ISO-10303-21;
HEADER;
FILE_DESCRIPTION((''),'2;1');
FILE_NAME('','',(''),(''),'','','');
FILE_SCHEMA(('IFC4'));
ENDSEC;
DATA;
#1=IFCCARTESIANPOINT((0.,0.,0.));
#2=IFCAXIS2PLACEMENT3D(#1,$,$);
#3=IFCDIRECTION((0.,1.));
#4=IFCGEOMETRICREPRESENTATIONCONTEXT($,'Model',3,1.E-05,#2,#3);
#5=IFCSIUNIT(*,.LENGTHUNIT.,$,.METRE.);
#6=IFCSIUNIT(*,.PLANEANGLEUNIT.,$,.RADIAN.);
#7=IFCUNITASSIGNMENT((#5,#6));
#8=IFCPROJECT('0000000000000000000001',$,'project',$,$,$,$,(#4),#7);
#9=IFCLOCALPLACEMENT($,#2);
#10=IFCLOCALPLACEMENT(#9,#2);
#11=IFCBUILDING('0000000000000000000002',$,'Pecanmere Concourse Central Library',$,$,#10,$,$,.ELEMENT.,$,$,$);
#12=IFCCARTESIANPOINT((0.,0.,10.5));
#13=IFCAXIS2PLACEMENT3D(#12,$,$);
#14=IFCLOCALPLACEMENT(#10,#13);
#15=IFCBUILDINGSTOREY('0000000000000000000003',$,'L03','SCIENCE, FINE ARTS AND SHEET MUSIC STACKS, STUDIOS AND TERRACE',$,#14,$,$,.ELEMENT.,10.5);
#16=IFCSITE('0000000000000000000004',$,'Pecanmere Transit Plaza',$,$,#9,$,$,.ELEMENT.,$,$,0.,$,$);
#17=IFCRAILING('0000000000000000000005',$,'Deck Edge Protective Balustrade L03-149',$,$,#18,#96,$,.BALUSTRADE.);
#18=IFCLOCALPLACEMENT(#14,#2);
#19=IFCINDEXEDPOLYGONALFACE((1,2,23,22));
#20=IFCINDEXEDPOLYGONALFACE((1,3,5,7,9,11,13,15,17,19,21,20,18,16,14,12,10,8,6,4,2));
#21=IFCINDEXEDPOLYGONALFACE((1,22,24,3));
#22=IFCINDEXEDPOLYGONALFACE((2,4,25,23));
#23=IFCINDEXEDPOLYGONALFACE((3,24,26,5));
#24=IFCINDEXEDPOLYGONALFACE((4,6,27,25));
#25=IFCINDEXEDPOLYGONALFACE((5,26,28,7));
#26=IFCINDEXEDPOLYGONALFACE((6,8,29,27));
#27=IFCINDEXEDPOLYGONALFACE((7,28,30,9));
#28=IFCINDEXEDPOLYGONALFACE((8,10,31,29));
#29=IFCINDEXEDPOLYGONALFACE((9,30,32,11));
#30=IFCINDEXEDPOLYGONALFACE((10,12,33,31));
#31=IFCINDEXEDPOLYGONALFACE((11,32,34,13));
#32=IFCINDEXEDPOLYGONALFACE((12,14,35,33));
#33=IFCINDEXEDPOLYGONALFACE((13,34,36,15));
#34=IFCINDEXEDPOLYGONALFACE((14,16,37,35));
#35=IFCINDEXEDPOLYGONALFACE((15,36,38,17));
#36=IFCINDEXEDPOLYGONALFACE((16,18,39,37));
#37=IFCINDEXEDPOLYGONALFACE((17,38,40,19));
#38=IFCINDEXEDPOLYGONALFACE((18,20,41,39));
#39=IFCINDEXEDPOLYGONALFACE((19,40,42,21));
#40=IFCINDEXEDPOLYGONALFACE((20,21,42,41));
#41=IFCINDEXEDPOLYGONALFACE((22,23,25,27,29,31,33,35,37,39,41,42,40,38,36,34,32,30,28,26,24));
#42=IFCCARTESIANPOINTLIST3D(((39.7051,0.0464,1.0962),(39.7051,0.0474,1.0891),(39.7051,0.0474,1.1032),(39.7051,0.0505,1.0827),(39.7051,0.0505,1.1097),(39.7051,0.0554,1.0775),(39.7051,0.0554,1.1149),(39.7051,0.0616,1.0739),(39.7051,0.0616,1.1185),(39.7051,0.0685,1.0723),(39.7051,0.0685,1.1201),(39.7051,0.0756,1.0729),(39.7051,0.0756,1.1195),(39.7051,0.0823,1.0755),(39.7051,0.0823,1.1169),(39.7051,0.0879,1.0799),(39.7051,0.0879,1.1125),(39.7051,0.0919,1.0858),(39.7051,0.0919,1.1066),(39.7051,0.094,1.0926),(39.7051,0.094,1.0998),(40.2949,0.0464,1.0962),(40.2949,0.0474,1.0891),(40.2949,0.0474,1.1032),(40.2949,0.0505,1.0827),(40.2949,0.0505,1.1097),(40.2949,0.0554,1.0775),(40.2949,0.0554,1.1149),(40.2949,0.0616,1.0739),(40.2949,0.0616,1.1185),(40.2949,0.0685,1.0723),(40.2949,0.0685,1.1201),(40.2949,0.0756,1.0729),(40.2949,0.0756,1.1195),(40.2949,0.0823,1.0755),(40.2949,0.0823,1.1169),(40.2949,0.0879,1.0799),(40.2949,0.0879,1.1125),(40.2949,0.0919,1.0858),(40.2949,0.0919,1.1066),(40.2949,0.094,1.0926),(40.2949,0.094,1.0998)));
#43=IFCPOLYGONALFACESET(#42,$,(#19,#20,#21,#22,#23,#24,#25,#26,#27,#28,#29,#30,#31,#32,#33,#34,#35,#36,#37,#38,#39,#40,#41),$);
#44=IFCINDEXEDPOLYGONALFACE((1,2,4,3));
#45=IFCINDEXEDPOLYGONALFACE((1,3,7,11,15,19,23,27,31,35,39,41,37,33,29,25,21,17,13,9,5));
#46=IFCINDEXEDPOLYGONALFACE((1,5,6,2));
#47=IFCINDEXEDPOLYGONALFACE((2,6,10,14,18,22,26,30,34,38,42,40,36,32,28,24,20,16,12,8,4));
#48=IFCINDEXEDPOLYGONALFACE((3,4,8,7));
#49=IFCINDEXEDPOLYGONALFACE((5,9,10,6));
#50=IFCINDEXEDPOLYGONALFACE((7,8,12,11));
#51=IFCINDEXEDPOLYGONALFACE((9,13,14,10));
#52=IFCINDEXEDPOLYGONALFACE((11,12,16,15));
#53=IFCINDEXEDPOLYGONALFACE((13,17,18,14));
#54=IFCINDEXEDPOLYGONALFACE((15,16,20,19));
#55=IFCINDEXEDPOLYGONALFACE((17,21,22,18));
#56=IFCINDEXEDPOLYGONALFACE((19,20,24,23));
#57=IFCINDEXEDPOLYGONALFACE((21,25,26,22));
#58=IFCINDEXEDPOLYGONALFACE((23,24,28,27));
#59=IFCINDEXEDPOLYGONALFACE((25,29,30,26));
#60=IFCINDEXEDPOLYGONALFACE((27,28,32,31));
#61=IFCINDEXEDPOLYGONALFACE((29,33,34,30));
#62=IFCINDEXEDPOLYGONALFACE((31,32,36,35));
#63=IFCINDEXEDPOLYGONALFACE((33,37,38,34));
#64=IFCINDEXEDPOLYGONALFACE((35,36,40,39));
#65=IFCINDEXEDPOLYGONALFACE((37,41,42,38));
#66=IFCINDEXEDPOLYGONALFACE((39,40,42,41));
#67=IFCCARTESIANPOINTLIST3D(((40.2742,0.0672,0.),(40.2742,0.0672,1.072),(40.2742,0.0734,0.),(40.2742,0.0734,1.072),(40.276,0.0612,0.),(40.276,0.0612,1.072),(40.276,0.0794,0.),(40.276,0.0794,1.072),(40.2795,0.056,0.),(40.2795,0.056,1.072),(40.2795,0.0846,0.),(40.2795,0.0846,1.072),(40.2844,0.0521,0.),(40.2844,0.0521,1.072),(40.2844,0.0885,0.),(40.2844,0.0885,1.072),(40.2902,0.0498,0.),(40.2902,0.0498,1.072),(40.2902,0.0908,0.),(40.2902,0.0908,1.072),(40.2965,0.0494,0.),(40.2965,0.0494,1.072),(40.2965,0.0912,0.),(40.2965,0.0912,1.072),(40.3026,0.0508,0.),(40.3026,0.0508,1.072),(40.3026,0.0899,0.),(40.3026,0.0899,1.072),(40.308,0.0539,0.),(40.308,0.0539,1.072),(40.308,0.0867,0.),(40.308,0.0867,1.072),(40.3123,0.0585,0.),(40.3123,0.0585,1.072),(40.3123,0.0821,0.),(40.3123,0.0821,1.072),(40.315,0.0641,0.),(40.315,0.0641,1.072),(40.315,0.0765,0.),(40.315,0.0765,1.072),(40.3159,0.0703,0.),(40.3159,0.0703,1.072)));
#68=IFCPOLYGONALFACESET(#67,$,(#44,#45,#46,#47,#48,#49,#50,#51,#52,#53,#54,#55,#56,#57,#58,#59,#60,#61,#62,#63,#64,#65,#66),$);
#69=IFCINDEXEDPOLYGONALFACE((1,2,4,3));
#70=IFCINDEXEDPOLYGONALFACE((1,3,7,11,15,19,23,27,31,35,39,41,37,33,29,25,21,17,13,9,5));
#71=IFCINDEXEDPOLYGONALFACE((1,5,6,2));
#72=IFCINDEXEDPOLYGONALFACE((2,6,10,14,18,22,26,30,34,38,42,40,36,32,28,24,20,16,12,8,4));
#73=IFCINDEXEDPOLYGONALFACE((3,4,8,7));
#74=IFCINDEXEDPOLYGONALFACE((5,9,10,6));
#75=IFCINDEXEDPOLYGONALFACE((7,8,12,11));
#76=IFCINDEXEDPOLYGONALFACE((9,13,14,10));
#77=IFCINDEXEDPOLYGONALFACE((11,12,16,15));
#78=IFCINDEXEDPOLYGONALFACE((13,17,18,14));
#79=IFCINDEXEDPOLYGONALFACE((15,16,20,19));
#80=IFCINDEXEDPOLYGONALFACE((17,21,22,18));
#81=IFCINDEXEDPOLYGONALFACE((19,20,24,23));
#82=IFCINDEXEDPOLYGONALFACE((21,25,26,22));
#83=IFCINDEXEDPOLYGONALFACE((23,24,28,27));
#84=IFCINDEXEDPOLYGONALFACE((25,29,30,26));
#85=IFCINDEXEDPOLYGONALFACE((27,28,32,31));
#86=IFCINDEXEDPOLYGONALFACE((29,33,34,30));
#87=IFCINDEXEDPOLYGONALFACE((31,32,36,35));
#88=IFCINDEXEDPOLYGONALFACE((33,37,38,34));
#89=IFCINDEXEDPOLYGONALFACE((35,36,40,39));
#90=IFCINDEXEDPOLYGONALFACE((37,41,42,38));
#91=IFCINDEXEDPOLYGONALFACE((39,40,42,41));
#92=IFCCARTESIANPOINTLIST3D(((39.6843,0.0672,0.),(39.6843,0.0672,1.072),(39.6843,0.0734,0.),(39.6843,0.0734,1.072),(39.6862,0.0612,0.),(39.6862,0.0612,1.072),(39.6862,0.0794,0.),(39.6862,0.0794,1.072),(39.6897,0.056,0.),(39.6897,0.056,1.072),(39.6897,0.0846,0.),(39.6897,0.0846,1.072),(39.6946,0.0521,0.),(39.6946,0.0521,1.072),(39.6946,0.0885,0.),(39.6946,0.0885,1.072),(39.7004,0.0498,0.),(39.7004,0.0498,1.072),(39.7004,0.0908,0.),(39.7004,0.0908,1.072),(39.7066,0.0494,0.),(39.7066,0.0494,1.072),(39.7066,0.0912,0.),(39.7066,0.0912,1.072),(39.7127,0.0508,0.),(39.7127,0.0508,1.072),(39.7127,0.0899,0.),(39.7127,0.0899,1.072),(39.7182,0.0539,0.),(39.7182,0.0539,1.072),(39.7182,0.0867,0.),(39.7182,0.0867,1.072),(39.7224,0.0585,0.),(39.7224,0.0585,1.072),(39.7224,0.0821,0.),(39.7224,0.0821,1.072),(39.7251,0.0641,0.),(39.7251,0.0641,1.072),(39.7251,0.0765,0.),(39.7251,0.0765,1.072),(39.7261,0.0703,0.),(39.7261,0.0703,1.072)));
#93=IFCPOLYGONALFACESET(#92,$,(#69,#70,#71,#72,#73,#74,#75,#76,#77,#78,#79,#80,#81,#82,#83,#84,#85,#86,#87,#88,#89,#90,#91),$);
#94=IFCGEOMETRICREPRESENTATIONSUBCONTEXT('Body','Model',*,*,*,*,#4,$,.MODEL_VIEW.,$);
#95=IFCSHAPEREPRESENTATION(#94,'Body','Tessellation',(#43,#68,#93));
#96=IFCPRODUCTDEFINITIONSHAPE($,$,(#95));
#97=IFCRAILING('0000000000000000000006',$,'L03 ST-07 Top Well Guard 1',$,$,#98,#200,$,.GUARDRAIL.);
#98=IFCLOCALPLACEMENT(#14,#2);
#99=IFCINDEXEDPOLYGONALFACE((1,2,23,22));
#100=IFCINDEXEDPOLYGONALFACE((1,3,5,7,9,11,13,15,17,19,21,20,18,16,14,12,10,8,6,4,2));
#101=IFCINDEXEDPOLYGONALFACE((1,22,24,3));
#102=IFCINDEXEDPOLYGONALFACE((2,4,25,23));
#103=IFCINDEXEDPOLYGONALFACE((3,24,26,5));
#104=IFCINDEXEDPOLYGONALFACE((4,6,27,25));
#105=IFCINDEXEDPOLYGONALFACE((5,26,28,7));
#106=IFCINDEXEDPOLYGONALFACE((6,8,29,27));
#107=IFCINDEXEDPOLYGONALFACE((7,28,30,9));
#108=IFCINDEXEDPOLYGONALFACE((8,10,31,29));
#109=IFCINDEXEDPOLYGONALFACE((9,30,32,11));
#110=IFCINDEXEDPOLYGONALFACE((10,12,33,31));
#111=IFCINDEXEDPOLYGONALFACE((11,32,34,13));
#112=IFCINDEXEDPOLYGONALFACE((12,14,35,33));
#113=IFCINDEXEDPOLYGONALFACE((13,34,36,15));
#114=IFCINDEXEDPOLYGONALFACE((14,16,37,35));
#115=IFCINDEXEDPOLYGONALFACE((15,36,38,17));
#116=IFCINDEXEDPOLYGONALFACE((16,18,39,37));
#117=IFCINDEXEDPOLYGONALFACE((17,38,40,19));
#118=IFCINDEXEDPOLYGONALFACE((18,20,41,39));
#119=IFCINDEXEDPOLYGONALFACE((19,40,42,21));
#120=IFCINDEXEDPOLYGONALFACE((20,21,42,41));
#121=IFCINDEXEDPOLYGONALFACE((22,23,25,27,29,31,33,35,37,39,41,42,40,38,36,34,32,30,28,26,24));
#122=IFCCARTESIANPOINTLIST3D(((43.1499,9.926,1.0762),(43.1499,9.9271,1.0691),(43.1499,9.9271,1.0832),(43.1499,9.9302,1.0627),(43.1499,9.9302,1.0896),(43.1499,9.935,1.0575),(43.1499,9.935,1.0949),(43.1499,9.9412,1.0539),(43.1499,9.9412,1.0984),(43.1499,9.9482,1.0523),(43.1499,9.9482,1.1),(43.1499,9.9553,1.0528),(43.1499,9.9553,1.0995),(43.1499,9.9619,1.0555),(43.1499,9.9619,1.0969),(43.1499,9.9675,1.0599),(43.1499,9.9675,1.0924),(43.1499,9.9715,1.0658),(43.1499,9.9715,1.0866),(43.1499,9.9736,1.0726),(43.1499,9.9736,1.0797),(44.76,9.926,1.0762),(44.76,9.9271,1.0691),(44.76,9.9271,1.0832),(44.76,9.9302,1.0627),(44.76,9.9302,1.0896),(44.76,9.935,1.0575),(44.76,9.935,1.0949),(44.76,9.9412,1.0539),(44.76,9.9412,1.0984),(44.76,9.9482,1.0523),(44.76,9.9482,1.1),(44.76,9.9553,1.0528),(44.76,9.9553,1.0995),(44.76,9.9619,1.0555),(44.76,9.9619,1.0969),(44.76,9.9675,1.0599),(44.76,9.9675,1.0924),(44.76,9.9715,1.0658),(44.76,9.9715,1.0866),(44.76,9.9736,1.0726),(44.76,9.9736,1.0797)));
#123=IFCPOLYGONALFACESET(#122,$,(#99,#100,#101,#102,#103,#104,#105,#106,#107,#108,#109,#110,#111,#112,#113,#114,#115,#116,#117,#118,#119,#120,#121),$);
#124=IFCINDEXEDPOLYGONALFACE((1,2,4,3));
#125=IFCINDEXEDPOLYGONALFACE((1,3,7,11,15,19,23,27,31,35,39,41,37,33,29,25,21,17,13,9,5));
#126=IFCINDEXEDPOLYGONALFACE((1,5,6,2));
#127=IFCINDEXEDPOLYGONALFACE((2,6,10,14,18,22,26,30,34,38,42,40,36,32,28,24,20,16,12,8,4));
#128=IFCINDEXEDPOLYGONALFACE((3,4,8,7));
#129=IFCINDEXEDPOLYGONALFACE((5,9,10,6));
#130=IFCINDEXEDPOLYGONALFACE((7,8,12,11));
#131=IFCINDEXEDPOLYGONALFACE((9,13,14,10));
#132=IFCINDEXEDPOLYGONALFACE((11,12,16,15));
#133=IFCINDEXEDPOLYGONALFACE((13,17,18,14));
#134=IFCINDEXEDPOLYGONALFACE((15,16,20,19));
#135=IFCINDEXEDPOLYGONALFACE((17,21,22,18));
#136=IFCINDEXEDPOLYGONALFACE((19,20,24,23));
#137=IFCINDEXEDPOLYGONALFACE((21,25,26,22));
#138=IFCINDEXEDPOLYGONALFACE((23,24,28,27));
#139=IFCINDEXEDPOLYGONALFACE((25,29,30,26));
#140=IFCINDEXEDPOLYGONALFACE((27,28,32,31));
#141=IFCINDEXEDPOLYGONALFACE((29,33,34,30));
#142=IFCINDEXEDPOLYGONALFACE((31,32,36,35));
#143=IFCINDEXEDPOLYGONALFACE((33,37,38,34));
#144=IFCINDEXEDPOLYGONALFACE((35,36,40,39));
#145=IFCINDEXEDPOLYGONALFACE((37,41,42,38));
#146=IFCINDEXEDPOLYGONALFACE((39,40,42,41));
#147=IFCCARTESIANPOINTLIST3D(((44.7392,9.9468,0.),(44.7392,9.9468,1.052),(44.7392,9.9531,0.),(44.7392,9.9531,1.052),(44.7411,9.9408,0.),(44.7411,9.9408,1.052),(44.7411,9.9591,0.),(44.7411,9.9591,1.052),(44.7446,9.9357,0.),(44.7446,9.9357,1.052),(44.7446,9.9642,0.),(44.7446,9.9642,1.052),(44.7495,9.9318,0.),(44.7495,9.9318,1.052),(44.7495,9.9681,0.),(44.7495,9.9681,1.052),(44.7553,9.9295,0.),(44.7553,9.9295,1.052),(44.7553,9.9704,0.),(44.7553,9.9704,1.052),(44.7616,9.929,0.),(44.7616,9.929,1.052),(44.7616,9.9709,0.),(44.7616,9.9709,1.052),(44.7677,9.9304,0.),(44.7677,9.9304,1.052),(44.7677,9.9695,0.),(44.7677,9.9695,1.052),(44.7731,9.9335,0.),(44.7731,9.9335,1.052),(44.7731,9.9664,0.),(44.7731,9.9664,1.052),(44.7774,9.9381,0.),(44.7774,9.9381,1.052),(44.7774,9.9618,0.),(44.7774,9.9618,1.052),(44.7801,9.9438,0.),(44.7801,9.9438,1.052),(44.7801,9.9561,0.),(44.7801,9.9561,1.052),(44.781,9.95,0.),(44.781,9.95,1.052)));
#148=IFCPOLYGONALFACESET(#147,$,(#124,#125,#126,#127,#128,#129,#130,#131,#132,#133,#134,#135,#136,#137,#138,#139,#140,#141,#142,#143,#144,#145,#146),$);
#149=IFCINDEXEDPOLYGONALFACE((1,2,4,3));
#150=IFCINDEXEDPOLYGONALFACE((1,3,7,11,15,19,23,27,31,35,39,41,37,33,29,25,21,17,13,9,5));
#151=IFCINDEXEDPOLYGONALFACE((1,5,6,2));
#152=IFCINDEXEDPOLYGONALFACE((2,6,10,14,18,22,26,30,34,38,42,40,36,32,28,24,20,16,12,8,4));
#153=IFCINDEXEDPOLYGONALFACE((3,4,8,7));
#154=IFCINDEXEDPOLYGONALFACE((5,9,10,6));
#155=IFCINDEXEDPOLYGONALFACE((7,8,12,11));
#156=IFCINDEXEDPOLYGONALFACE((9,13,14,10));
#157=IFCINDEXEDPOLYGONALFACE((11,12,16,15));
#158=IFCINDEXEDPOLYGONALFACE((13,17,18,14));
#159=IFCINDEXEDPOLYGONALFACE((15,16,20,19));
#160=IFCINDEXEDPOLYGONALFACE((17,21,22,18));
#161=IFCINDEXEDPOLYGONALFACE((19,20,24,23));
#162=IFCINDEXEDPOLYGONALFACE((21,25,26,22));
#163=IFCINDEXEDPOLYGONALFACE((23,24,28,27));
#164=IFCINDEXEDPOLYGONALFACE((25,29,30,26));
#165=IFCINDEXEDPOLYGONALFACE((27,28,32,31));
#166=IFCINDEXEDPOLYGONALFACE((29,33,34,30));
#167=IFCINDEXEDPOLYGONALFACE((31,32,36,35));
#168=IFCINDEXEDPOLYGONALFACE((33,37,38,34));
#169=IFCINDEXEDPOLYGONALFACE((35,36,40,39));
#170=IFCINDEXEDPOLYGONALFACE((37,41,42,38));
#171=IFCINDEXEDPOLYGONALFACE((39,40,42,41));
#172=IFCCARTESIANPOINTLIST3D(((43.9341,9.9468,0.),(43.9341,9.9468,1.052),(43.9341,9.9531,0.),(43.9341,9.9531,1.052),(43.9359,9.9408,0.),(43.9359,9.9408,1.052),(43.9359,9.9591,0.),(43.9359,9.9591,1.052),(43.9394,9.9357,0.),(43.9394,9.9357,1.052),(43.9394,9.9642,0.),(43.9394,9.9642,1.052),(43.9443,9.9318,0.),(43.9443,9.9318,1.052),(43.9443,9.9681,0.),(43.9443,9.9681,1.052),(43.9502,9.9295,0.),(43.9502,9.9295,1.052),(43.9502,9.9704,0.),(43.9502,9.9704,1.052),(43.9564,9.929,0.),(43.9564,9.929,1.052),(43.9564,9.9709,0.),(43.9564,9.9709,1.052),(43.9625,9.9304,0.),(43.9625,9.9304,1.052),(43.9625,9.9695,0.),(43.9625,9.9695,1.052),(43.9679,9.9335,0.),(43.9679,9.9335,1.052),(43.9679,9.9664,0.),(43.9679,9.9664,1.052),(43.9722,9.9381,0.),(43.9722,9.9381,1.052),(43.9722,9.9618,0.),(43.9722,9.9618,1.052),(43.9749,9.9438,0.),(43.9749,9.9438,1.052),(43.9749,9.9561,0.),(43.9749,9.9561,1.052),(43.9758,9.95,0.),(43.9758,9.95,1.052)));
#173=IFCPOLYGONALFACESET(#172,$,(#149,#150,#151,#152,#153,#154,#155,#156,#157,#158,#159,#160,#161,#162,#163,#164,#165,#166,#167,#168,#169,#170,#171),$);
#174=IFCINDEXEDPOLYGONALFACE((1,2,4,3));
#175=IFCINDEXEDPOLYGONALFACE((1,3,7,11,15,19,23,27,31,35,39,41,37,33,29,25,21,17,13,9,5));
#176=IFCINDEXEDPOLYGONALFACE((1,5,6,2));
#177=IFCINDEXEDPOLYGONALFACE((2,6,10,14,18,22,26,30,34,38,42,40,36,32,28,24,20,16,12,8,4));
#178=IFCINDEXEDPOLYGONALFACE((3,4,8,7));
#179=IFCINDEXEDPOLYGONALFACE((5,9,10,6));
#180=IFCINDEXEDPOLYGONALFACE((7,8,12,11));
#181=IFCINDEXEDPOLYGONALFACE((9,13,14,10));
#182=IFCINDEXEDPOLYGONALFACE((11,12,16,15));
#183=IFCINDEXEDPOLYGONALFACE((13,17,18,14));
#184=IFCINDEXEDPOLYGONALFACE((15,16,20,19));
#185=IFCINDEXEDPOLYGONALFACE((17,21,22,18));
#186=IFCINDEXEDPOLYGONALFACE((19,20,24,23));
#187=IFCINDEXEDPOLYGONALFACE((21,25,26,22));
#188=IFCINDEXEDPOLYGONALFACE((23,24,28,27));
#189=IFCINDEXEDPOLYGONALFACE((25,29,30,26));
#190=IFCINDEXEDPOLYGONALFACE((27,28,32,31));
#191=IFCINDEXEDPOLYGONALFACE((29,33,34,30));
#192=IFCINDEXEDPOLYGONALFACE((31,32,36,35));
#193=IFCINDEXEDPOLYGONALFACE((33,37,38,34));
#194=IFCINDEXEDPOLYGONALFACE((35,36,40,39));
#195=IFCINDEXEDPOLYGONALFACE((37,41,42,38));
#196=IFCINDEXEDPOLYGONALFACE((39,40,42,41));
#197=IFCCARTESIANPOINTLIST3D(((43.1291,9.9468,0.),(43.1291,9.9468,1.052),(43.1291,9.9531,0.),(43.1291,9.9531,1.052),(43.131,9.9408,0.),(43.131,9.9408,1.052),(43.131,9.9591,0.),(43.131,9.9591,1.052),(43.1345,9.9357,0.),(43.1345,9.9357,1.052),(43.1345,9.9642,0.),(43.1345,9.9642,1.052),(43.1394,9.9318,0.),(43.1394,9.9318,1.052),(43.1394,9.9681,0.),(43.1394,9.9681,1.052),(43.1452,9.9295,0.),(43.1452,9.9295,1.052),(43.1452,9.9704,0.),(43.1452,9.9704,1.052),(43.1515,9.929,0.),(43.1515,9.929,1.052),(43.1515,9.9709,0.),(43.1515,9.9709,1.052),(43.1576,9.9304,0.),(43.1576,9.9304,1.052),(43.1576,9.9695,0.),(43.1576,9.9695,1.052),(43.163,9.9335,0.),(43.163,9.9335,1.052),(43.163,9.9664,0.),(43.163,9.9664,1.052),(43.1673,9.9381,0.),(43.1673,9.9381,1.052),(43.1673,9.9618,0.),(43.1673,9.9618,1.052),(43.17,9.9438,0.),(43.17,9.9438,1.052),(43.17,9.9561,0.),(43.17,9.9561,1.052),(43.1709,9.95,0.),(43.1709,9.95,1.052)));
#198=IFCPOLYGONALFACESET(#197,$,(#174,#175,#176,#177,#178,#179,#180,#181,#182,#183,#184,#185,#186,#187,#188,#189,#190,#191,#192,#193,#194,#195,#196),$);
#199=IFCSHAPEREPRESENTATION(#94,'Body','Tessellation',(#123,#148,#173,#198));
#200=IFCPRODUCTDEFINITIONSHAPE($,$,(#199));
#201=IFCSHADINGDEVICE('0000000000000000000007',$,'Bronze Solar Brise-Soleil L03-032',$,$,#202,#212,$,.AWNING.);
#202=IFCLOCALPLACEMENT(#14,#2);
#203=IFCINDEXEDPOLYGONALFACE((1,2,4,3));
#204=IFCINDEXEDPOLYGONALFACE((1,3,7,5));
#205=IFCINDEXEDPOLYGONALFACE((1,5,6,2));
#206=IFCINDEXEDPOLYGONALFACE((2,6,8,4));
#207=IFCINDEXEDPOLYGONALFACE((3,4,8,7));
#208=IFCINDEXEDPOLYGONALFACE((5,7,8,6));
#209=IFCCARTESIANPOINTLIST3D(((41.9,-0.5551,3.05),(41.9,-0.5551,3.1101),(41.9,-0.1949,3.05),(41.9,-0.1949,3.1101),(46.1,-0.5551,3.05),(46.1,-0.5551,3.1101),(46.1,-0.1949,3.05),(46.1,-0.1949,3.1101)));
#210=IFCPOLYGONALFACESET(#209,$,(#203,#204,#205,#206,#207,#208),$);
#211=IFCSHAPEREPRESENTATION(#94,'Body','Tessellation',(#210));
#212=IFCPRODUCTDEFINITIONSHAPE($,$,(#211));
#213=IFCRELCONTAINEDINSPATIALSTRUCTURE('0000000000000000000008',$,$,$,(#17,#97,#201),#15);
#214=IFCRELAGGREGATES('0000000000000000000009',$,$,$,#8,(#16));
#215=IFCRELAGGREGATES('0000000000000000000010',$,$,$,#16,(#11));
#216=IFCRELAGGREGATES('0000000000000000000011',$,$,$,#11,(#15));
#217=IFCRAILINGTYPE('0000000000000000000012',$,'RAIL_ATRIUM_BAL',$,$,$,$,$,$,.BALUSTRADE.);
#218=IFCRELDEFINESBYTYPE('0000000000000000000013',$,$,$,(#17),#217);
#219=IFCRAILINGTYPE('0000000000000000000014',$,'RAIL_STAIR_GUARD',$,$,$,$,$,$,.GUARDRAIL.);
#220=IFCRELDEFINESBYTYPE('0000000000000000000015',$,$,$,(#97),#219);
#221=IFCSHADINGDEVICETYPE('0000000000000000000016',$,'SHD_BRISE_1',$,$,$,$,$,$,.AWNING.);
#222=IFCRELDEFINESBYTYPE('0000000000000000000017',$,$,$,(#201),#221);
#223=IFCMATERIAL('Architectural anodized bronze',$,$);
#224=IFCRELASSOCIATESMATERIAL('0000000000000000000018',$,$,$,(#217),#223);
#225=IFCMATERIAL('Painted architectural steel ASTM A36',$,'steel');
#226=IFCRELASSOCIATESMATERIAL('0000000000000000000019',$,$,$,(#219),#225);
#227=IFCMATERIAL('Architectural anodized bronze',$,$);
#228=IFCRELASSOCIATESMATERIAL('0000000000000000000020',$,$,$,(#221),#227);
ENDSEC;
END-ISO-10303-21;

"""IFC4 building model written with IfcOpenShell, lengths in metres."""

from ifc_helpers import new_model, si_unit, direction, frame, origin, origin_2d, place, context, subcontext, project, spatial, rectangle, circle, extrude, material, type_object, element, save


model = new_model("IFC4")

# Units and contexts
model_context = context("Model", 3, precision=1e-05, world=origin(), true_north=direction((0.0, 1.0)))
body_context = subcontext(model_context, "Body", "Model", "MODEL_VIEW")
ifc_project = project(units=[si_unit("LENGTHUNIT", "METRE"), si_unit("PLANEANGLEUNIT", "RADIAN")], contexts=[model_context])

# Site, building, storey
site_placement = place(None, origin())
site = spatial("IfcSite", under=ifc_project, at=site_placement, Name="Pecanmere Transit Plaza", CompositionType="ELEMENT", RefElevation=0.0)
building_placement = place(site_placement, origin())
building = spatial("IfcBuilding", under=site, at=building_placement, Name="Pecanmere Concourse Central Library", CompositionType="ELEMENT")
storey_placement = place(building_placement, frame((0.0, 0.0, 10.5)))
storey = spatial("IfcBuildingStorey", under=building, at=storey_placement, Name="L03", Description="SCIENCE, FINE ARTS AND SHEET MUSIC STACKS, STUDIOS AND TERRACE", CompositionType="ELEMENT", Elevation=10.5)

# Railings
ifc_material_1 = material(Name="Architectural anodized bronze")
railing_type_1 = type_object("IfcRailingType", Name="RAIL_ATRIUM_BAL", PredefinedType="BALUSTRADE", material=ifc_material_1)
railing_1_placement = place(storey_placement, frame((40.2949, 0.0703, 0.0)))
element("IfcRailing", 1, at=railing_1_placement, inside=storey, type_object=railing_type_1, Name="Deck Edge Protective Balustrade L03-149", PredefinedType="BALUSTRADE", context=body_context, shape_type="SweptSolid", body=[
    extrude(circle(Radius=0.0239, at=origin_2d()), frame((0.0, 0.0, 1.0962), z_axis=(-1.0, 0.0, 0.0), x_axis=(0.0, -1.0, 0.0)), (0.0, 0.0, 1.0), 0.5898),
    extrude(circle(Radius=0.021, at=origin_2d()), origin(), (0.0, 0.0, 1.0), 1.072),
    extrude(circle(Radius=0.021, at=origin_2d()), frame((-0.5898, 0.0, 0.0)), (0.0, 0.0, 1.0), 1.072),
])
ifc_material_2 = material(Name="Painted architectural steel ASTM A36", Category="steel")
railing_type_2 = type_object("IfcRailingType", Name="RAIL_STAIR_GUARD", PredefinedType="GUARDRAIL", material=ifc_material_2)
railing_2_placement = place(storey_placement, frame((44.76, 9.95, 0.0)))
element("IfcRailing", 2, at=railing_2_placement, inside=storey, type_object=railing_type_2, Name="L03 ST-07 Top Well Guard 1", PredefinedType="GUARDRAIL", context=body_context, shape_type="SweptSolid", body=[
    extrude(circle(Radius=0.0239, at=origin_2d()), frame((0.0, 0.0, 1.0762), z_axis=(-1.0, 0.0, 0.0), x_axis=(0.0, -1.0, 0.0)), (0.0, 0.0, 1.0), 1.6101),
    extrude(circle(Radius=0.021, at=origin_2d()), origin(), (0.0, 0.0, 1.0), 1.052),
    extrude(circle(Radius=0.021, at=origin_2d()), frame((-0.8052, 0.0, 0.0)), (0.0, 0.0, 1.0), 1.052),
    extrude(circle(Radius=0.021, at=origin_2d()), frame((-1.6101, 0.0, 0.0)), (0.0, 0.0, 1.0), 1.052),
])

# Shading device
ifc_material_3 = material(Name="Architectural anodized bronze")
shading_device_type = type_object("IfcShadingDeviceType", Name="SHD_BRISE_1", PredefinedType="AWNING", material=ifc_material_3)
shading_device_placement = place(storey_placement, frame((44.0, -0.375, 3.05), z_axis=(0.0, 0.0, 1.0), x_axis=(1.0, 0.0, 0.0)))
element("IfcShadingDevice", 3, at=shading_device_placement, inside=storey, type_object=shading_device_type, Name="Bronze Solar Brise-Soleil L03-032", PredefinedType="AWNING", context=body_context, shape_type="SweptSolid", body=[
    extrude(rectangle(XDim=4.2, YDim=0.3601, at=origin_2d()), origin(), (0.0, 0.0, 1.0), 0.0601),
])

save(model, "model.ifc")
